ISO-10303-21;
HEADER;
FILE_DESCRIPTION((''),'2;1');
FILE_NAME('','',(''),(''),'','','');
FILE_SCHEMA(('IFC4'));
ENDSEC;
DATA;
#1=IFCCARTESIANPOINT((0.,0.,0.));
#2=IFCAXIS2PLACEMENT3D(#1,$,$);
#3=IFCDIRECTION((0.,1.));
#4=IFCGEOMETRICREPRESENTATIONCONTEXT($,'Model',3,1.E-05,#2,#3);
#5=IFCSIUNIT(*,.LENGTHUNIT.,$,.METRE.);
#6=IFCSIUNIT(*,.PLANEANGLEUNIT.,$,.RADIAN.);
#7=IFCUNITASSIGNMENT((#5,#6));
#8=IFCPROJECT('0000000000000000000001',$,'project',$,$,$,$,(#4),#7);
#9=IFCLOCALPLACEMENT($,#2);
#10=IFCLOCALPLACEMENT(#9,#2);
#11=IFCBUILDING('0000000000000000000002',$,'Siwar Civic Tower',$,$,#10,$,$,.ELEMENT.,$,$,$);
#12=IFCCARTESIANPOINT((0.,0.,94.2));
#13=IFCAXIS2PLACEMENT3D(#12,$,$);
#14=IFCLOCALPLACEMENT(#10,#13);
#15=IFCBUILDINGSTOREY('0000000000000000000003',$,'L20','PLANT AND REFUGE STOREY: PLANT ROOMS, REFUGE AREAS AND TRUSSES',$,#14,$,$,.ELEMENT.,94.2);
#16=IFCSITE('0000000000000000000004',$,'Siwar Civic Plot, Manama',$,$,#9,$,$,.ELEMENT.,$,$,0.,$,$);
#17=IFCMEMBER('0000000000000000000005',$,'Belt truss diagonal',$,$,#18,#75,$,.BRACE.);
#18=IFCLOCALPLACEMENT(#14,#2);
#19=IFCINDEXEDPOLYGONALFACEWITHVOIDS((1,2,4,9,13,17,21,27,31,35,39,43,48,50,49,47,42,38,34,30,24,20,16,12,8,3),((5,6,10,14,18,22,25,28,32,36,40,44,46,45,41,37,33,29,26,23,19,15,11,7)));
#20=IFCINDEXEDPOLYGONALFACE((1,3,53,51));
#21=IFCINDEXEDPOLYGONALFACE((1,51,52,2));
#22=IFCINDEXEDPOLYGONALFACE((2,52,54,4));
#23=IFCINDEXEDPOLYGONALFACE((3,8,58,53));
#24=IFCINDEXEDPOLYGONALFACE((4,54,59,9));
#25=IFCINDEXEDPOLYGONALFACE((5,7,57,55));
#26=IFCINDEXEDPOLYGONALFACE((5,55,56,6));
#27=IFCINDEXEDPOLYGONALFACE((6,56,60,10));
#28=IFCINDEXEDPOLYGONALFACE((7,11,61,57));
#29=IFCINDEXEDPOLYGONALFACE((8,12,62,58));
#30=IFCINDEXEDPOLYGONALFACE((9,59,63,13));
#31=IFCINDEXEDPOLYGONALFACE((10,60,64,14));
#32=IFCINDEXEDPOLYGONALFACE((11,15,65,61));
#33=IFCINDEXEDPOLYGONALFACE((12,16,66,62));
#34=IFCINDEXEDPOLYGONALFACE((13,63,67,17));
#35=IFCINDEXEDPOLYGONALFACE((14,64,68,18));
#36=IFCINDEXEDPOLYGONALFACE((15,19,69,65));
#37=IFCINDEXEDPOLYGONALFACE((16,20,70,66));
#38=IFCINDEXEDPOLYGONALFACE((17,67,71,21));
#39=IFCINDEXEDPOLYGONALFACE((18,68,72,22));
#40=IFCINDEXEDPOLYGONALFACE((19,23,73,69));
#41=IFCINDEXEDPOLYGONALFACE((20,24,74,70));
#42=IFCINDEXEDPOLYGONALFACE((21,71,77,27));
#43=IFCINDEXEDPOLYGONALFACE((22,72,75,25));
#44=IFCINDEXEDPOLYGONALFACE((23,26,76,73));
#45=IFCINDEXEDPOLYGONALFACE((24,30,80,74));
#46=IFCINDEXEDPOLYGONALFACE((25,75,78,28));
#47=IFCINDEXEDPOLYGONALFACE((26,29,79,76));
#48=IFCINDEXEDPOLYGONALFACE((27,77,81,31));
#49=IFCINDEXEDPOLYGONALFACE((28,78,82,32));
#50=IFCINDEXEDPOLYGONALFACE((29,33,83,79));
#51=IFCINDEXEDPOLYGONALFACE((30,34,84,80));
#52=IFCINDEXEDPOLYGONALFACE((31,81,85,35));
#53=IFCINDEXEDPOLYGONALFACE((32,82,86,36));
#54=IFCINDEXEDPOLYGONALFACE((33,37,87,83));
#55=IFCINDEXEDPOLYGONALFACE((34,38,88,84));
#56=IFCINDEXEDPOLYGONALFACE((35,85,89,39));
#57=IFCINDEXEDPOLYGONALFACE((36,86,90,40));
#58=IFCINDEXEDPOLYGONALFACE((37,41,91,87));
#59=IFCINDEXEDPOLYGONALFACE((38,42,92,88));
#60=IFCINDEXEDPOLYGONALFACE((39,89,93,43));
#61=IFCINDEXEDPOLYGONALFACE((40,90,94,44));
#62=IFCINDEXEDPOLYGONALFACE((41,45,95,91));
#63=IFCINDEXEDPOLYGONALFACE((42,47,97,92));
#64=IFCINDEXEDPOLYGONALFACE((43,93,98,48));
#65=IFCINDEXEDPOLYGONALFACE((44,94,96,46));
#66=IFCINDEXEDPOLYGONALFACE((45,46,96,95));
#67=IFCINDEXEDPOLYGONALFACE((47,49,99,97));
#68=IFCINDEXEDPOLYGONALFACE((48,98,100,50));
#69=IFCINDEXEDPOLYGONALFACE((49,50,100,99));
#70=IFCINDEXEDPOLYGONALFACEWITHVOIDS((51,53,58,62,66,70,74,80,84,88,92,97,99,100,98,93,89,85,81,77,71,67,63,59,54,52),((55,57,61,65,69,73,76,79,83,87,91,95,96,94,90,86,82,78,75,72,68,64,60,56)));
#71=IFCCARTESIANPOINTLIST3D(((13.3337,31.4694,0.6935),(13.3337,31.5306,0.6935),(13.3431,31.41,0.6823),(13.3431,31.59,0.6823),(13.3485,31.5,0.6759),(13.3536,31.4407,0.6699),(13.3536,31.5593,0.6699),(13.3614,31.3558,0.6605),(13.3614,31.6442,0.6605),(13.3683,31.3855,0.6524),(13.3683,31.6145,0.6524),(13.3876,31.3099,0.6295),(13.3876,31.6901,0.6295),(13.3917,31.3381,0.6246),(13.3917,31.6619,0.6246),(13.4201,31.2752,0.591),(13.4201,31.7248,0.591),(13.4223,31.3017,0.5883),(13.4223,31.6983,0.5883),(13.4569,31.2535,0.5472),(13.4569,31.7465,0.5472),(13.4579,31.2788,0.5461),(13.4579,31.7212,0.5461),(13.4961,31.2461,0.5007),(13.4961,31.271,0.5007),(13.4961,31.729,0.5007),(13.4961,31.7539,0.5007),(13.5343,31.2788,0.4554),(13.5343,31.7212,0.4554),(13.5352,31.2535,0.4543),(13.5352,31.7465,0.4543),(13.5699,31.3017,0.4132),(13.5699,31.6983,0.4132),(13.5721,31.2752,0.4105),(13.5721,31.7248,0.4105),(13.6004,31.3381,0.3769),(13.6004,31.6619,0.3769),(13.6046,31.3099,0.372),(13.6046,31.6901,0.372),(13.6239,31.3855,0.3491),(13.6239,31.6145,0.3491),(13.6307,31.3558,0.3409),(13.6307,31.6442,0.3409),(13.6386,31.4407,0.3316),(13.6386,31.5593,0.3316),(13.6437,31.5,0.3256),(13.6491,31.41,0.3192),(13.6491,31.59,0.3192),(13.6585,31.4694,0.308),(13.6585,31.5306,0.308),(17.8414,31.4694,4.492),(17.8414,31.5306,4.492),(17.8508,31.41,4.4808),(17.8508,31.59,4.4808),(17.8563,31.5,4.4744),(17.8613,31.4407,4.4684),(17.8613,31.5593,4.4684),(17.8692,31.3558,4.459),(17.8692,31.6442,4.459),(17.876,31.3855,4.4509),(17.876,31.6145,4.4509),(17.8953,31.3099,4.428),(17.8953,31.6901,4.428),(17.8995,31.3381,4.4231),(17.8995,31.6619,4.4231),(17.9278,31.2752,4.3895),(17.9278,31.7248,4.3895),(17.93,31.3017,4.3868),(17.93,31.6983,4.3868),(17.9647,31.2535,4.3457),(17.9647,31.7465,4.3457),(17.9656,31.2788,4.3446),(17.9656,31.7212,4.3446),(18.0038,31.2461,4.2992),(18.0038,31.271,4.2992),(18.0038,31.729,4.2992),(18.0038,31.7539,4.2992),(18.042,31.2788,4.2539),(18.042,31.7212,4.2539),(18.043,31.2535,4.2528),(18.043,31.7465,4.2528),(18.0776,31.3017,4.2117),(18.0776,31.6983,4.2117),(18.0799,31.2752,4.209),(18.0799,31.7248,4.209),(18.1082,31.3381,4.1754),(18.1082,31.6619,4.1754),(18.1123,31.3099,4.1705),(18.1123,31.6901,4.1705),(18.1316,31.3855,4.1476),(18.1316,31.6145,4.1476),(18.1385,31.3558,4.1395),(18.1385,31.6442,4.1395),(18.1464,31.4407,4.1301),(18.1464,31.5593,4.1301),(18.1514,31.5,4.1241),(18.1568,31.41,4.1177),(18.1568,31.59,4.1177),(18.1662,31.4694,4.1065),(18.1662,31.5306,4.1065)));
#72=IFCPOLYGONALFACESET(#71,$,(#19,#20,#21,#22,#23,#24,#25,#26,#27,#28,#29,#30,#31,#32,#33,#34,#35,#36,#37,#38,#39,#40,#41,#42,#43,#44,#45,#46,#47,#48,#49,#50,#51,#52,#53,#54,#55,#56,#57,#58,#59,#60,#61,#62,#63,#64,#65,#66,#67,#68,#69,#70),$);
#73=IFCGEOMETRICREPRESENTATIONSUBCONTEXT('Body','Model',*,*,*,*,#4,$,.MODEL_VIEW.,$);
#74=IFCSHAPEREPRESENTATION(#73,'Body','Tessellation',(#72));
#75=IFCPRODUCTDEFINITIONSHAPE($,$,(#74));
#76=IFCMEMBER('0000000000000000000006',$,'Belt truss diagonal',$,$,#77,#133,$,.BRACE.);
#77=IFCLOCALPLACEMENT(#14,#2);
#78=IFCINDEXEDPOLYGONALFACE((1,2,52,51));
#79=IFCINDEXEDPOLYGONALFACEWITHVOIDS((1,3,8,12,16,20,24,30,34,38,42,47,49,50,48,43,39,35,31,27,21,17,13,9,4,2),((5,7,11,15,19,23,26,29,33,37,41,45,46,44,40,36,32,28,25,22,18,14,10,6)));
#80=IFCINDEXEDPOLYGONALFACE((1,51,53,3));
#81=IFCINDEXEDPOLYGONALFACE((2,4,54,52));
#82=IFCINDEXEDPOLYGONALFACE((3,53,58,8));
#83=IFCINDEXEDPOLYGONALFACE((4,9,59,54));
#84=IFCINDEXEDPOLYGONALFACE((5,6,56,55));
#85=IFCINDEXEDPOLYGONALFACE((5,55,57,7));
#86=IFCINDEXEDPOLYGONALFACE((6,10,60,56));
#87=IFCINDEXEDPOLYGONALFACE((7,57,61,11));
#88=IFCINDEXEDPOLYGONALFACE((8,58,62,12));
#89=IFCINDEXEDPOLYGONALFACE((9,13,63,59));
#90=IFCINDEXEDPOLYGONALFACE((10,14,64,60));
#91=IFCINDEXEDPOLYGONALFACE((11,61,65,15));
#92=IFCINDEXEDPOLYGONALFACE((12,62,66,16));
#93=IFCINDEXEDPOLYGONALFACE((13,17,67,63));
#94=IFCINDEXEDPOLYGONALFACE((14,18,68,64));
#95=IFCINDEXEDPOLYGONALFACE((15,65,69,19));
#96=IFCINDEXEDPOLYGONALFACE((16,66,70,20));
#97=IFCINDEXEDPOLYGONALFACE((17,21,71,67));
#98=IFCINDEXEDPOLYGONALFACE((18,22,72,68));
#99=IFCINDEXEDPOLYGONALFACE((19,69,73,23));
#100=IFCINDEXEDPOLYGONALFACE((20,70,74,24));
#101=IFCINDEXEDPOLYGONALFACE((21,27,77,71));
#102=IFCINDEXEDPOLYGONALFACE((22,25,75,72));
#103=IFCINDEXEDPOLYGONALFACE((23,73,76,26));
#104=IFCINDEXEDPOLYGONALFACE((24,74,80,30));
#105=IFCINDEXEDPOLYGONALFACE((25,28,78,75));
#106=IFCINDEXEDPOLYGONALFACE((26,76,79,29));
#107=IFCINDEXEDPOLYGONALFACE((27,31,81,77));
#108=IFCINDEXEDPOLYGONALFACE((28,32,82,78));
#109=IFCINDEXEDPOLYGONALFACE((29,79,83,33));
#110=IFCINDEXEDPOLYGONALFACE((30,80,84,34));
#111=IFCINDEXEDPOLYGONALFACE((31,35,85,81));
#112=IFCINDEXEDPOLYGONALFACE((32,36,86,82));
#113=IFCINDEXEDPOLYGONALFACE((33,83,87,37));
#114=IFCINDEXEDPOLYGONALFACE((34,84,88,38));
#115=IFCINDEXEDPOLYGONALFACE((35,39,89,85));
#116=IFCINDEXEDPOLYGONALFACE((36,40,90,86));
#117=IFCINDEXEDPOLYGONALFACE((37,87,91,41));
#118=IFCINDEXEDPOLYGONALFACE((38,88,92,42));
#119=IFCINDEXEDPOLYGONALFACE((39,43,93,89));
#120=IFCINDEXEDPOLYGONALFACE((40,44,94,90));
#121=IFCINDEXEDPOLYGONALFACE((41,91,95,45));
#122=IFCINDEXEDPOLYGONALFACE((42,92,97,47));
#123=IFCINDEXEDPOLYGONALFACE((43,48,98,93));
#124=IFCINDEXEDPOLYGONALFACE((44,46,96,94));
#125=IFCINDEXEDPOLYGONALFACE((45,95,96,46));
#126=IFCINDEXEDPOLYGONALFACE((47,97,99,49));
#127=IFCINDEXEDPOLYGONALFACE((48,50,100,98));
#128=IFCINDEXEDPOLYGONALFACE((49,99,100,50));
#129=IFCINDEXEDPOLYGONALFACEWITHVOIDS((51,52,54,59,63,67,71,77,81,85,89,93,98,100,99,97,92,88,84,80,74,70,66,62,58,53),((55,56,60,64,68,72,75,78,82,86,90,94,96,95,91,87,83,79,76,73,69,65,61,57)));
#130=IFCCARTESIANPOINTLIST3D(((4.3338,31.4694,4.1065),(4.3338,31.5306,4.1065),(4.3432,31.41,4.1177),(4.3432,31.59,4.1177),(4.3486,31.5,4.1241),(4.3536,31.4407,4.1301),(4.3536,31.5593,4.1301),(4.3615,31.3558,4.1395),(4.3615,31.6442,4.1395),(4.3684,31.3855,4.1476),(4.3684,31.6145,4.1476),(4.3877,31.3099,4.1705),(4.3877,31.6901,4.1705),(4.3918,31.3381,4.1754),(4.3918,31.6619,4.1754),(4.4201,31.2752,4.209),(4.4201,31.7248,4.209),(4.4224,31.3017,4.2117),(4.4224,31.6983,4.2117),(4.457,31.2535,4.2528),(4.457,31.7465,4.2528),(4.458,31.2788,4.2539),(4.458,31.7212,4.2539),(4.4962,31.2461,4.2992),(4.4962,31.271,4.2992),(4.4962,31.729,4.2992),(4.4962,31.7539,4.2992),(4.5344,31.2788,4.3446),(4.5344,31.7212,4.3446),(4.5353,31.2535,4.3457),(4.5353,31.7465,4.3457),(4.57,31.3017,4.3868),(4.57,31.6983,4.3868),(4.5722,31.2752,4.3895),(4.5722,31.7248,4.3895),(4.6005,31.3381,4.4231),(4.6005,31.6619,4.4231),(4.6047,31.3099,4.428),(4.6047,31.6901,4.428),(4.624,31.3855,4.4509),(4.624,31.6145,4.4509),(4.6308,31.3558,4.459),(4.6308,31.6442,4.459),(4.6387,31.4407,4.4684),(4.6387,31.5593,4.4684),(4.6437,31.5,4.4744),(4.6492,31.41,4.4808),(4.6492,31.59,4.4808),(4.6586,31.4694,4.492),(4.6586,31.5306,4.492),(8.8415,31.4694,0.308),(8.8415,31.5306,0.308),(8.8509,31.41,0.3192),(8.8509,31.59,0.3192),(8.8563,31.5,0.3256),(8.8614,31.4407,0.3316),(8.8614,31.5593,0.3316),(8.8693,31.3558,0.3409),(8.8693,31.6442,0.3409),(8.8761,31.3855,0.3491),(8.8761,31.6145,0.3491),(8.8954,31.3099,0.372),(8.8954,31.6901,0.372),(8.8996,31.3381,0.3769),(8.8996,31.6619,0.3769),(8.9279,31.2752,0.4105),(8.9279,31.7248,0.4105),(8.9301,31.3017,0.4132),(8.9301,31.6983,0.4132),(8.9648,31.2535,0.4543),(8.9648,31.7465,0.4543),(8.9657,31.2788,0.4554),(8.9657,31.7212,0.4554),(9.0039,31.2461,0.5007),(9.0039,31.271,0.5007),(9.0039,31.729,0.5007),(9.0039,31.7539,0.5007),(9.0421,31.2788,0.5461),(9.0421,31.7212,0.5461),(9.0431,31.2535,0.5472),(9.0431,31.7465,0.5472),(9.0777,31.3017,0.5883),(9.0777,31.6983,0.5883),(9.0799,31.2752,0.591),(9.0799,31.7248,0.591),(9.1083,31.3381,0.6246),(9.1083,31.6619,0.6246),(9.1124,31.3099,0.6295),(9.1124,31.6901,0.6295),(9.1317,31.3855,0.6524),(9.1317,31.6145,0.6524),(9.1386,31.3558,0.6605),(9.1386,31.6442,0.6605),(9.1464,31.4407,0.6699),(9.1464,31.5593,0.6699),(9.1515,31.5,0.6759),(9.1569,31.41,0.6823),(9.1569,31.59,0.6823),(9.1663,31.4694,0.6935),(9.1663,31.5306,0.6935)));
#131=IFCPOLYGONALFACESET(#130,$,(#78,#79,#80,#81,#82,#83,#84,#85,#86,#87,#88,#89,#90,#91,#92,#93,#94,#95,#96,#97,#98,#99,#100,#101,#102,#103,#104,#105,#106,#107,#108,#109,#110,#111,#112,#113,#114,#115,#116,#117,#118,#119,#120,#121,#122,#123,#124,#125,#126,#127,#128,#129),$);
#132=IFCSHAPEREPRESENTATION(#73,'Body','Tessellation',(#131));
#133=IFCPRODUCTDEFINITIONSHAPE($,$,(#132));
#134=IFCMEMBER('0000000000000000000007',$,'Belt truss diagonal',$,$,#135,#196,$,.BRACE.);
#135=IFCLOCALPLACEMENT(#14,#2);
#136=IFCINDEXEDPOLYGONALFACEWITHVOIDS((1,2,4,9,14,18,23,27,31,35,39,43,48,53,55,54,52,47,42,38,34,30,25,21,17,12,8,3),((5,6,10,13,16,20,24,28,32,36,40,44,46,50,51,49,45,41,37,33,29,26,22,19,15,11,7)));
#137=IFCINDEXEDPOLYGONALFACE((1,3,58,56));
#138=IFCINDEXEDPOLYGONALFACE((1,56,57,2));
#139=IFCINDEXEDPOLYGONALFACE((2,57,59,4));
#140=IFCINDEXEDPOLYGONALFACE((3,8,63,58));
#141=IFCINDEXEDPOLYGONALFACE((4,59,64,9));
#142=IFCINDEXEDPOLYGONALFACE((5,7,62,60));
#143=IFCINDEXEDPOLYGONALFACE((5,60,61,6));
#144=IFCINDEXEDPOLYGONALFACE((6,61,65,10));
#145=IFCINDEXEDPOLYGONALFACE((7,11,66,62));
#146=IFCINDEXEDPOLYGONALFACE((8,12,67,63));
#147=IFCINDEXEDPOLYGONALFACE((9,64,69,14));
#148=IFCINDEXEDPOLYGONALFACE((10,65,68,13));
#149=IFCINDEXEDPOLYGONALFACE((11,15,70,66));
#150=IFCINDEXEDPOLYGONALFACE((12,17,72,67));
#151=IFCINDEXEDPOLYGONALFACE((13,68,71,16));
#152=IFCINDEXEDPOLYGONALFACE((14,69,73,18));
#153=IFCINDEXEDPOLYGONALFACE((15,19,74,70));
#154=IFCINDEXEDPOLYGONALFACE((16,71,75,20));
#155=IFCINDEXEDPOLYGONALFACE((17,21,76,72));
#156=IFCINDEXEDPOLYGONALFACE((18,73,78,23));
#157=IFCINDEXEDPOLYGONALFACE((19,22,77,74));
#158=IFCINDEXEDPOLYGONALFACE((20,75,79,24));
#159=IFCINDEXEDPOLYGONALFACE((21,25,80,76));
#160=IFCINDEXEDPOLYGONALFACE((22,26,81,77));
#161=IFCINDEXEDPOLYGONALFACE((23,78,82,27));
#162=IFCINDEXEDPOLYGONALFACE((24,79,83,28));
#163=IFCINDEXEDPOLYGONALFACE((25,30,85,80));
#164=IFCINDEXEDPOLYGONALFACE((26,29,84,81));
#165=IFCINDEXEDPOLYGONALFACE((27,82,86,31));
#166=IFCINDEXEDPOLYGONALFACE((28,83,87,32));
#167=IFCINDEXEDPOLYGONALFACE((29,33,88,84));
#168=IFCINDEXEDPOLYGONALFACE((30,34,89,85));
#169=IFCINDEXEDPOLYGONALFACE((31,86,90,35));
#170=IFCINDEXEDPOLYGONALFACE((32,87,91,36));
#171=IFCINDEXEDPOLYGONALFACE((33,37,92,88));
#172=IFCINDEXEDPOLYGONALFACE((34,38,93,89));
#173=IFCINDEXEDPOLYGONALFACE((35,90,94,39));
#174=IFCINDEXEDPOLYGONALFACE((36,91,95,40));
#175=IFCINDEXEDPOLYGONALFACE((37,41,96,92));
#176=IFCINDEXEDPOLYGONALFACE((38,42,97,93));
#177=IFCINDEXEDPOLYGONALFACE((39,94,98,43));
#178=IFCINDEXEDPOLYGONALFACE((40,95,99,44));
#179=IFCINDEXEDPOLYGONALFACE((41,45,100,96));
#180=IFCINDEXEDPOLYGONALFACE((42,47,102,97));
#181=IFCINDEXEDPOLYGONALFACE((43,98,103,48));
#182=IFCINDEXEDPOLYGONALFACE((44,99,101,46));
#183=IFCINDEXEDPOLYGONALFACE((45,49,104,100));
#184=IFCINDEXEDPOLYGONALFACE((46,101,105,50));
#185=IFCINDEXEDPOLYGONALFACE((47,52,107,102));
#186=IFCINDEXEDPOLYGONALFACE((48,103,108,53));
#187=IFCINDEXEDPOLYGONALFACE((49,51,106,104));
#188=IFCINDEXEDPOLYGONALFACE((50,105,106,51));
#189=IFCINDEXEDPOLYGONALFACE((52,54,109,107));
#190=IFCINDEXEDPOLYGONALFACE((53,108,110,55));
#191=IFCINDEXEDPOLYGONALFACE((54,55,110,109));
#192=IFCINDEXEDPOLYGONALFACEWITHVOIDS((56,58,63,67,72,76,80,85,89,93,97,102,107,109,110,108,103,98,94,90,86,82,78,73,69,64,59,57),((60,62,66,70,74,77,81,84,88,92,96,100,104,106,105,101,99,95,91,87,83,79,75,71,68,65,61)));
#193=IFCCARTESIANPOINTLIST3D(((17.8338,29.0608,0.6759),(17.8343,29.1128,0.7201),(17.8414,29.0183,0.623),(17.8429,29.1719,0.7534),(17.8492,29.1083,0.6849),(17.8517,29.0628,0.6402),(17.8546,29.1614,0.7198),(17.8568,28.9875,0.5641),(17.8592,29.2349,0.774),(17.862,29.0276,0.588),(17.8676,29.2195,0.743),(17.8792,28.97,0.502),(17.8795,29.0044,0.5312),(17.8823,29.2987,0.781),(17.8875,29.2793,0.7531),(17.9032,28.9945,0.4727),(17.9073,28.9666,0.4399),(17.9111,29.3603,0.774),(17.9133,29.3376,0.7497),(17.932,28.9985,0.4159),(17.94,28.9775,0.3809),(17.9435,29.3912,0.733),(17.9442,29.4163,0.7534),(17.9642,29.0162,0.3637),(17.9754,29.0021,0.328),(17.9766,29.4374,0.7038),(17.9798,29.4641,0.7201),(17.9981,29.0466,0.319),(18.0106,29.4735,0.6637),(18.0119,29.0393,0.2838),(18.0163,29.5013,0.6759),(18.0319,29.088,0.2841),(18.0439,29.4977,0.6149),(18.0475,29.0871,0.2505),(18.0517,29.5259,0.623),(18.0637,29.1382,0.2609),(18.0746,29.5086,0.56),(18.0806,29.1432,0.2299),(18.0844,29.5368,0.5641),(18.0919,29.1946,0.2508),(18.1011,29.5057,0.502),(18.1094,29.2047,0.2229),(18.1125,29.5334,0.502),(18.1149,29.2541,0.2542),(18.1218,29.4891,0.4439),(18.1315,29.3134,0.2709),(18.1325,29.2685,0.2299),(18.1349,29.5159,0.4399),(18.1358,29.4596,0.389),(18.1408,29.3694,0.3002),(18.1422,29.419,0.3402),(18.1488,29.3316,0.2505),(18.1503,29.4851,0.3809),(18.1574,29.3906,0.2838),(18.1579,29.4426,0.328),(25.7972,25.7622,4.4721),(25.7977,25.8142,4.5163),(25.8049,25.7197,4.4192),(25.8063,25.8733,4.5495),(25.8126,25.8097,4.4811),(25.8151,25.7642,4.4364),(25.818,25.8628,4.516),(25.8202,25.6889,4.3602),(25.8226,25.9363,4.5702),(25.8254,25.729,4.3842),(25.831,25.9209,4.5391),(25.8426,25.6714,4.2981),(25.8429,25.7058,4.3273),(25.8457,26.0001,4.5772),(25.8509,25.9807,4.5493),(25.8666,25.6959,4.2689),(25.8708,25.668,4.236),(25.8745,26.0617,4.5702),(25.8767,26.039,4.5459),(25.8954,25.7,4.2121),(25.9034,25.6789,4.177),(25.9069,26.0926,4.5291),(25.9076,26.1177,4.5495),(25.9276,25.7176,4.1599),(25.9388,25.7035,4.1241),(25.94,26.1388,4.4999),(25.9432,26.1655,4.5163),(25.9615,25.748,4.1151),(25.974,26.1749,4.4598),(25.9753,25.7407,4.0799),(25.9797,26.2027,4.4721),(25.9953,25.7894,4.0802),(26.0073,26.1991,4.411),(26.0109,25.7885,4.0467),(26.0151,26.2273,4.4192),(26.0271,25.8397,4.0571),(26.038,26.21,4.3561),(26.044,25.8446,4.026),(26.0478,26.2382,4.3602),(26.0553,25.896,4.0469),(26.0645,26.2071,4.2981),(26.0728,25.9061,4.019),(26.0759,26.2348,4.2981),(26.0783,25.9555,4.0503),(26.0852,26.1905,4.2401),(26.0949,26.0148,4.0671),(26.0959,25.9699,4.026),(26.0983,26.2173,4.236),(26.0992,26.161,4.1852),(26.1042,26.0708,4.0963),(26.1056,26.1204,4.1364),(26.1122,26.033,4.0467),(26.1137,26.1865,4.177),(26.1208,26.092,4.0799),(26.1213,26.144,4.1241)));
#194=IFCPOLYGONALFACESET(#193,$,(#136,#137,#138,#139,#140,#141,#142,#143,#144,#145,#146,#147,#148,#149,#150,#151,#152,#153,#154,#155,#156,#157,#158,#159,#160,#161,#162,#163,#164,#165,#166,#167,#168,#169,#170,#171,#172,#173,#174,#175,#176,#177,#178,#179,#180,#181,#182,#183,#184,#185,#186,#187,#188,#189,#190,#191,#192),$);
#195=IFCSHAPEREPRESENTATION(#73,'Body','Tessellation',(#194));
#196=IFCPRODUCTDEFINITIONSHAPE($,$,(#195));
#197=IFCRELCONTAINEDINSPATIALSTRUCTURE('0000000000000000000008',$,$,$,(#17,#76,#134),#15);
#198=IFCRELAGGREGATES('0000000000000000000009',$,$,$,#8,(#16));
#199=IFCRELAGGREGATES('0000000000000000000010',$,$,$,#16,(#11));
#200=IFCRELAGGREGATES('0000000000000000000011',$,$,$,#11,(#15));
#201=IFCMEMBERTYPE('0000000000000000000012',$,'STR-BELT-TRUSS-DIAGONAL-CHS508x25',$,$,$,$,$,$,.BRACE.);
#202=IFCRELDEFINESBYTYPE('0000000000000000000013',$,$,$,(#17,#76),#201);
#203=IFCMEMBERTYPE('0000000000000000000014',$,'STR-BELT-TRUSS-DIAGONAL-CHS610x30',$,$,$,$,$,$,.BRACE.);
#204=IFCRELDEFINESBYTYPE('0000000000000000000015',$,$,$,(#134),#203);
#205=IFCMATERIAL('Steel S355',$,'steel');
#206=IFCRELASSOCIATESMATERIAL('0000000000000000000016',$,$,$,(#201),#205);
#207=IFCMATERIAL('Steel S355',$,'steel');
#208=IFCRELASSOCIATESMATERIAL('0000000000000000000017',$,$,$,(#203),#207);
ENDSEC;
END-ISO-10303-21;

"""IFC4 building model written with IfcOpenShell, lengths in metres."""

from ifc_helpers import new_model, si_unit, direction, frame, origin, origin_2d, place, context, subcontext, project, spatial, hollow_circle, extrude, material, material_profile, profile_set, type_object, element, save


model = new_model("IFC4")

# Units and contexts
model_context = context("Model", 3, precision=1e-05, world=origin(), true_north=direction((0.0, 1.0)))
body_context = subcontext(model_context, "Body", "Model", "MODEL_VIEW")
ifc_project = project(units=[si_unit("LENGTHUNIT", "METRE"), si_unit("PLANEANGLEUNIT", "RADIAN")], contexts=[model_context])

# Site, building, storey
site_placement = place(None, origin())
site = spatial("IfcSite", under=ifc_project, at=site_placement, Name="Siwar Civic Plot, Manama", CompositionType="ELEMENT", RefElevation=0.0)
building_placement = place(site_placement, origin())
building = spatial("IfcBuilding", under=site, at=building_placement, Name="Siwar Civic Tower", CompositionType="ELEMENT")
storey_placement = place(building_placement, frame((0.0, 0.0, 94.2)))
storey = spatial("IfcBuildingStorey", under=building, at=storey_placement, Name="L20", Description="PLANT AND REFUGE STOREY: PLANT ROOMS, REFUGE AREAS AND TRUSSES", CompositionType="ELEMENT", Elevation=94.2)

# Members
ifc_material_1 = material(Name="Steel S355", Category="steel")
ifc_material_profile_1 = material_profile(ifc_material_1, hollow_circle(Radius=0.2539, WallThickness=0.0249, at=origin_2d()), Name="CHS508x25")
ifc_profile_set_1 = profile_set([ifc_material_profile_1], Name="Steel S355")
member_type_1 = type_object("IfcMemberType", Name="STR-BELT-TRUSS-DIAGONAL-CHS508x25", PredefinedType="BRACE", material=ifc_profile_set_1)
for number, where, z_axis, x_axis, name in (
    (1, (13.4961, 31.5, 0.5007), (0.7647, 0.0, 0.644387), (0.0, 1.0, 0.0), "Belt truss diagonal"),
    (2, (9.0039, 31.5, 0.5007), (-0.7647, 0.0, 0.644387), (0.0, -1.0, 0.0), "Belt truss diagonal"),
):
    element("IfcMember", number, at=place(storey_placement, frame(where, z_axis=z_axis, x_axis=x_axis)), inside=storey, type_object=member_type_1, Name=name, PredefinedType="BRACE", context=body_context, shape_type="SweptSolid", body=[
        extrude(hollow_circle(Radius=0.2539, WallThickness=0.0249, at=origin_2d()), origin(), (0.0, 0.0, 1.0), 5.8948),
    ])
ifc_material_2 = material(Name="Steel S355", Category="steel")
ifc_material_profile_2 = material_profile(ifc_material_2, hollow_circle(Radius=0.3049, WallThickness=0.03, at=origin_2d()), Name="CHS610x30")
ifc_profile_set_2 = profile_set([ifc_material_profile_2], Name="Steel S355")
member_type_2 = type_object("IfcMemberType", Name="STR-BELT-TRUSS-DIAGONAL-CHS610x30", PredefinedType="BRACE", material=ifc_profile_set_2)
member_1_placement = place(storey_placement, frame((17.9958, 29.2517, 0.502), z_axis=(0.845511, -0.350227, 0.403055), x_axis=(0.382688, 0.923878, 0.0)))
element("IfcMember", 3, at=member_1_placement, inside=storey, type_object=member_type_2, Name="Belt truss diagonal", PredefinedType="BRACE", context=body_context, shape_type="SweptSolid", body=[
    extrude(hollow_circle(Radius=0.3049, WallThickness=0.03, at=origin_2d()), origin(), (0.0, 0.0, 1.0), 9.4185),
])

save(model, "model.ifc")
